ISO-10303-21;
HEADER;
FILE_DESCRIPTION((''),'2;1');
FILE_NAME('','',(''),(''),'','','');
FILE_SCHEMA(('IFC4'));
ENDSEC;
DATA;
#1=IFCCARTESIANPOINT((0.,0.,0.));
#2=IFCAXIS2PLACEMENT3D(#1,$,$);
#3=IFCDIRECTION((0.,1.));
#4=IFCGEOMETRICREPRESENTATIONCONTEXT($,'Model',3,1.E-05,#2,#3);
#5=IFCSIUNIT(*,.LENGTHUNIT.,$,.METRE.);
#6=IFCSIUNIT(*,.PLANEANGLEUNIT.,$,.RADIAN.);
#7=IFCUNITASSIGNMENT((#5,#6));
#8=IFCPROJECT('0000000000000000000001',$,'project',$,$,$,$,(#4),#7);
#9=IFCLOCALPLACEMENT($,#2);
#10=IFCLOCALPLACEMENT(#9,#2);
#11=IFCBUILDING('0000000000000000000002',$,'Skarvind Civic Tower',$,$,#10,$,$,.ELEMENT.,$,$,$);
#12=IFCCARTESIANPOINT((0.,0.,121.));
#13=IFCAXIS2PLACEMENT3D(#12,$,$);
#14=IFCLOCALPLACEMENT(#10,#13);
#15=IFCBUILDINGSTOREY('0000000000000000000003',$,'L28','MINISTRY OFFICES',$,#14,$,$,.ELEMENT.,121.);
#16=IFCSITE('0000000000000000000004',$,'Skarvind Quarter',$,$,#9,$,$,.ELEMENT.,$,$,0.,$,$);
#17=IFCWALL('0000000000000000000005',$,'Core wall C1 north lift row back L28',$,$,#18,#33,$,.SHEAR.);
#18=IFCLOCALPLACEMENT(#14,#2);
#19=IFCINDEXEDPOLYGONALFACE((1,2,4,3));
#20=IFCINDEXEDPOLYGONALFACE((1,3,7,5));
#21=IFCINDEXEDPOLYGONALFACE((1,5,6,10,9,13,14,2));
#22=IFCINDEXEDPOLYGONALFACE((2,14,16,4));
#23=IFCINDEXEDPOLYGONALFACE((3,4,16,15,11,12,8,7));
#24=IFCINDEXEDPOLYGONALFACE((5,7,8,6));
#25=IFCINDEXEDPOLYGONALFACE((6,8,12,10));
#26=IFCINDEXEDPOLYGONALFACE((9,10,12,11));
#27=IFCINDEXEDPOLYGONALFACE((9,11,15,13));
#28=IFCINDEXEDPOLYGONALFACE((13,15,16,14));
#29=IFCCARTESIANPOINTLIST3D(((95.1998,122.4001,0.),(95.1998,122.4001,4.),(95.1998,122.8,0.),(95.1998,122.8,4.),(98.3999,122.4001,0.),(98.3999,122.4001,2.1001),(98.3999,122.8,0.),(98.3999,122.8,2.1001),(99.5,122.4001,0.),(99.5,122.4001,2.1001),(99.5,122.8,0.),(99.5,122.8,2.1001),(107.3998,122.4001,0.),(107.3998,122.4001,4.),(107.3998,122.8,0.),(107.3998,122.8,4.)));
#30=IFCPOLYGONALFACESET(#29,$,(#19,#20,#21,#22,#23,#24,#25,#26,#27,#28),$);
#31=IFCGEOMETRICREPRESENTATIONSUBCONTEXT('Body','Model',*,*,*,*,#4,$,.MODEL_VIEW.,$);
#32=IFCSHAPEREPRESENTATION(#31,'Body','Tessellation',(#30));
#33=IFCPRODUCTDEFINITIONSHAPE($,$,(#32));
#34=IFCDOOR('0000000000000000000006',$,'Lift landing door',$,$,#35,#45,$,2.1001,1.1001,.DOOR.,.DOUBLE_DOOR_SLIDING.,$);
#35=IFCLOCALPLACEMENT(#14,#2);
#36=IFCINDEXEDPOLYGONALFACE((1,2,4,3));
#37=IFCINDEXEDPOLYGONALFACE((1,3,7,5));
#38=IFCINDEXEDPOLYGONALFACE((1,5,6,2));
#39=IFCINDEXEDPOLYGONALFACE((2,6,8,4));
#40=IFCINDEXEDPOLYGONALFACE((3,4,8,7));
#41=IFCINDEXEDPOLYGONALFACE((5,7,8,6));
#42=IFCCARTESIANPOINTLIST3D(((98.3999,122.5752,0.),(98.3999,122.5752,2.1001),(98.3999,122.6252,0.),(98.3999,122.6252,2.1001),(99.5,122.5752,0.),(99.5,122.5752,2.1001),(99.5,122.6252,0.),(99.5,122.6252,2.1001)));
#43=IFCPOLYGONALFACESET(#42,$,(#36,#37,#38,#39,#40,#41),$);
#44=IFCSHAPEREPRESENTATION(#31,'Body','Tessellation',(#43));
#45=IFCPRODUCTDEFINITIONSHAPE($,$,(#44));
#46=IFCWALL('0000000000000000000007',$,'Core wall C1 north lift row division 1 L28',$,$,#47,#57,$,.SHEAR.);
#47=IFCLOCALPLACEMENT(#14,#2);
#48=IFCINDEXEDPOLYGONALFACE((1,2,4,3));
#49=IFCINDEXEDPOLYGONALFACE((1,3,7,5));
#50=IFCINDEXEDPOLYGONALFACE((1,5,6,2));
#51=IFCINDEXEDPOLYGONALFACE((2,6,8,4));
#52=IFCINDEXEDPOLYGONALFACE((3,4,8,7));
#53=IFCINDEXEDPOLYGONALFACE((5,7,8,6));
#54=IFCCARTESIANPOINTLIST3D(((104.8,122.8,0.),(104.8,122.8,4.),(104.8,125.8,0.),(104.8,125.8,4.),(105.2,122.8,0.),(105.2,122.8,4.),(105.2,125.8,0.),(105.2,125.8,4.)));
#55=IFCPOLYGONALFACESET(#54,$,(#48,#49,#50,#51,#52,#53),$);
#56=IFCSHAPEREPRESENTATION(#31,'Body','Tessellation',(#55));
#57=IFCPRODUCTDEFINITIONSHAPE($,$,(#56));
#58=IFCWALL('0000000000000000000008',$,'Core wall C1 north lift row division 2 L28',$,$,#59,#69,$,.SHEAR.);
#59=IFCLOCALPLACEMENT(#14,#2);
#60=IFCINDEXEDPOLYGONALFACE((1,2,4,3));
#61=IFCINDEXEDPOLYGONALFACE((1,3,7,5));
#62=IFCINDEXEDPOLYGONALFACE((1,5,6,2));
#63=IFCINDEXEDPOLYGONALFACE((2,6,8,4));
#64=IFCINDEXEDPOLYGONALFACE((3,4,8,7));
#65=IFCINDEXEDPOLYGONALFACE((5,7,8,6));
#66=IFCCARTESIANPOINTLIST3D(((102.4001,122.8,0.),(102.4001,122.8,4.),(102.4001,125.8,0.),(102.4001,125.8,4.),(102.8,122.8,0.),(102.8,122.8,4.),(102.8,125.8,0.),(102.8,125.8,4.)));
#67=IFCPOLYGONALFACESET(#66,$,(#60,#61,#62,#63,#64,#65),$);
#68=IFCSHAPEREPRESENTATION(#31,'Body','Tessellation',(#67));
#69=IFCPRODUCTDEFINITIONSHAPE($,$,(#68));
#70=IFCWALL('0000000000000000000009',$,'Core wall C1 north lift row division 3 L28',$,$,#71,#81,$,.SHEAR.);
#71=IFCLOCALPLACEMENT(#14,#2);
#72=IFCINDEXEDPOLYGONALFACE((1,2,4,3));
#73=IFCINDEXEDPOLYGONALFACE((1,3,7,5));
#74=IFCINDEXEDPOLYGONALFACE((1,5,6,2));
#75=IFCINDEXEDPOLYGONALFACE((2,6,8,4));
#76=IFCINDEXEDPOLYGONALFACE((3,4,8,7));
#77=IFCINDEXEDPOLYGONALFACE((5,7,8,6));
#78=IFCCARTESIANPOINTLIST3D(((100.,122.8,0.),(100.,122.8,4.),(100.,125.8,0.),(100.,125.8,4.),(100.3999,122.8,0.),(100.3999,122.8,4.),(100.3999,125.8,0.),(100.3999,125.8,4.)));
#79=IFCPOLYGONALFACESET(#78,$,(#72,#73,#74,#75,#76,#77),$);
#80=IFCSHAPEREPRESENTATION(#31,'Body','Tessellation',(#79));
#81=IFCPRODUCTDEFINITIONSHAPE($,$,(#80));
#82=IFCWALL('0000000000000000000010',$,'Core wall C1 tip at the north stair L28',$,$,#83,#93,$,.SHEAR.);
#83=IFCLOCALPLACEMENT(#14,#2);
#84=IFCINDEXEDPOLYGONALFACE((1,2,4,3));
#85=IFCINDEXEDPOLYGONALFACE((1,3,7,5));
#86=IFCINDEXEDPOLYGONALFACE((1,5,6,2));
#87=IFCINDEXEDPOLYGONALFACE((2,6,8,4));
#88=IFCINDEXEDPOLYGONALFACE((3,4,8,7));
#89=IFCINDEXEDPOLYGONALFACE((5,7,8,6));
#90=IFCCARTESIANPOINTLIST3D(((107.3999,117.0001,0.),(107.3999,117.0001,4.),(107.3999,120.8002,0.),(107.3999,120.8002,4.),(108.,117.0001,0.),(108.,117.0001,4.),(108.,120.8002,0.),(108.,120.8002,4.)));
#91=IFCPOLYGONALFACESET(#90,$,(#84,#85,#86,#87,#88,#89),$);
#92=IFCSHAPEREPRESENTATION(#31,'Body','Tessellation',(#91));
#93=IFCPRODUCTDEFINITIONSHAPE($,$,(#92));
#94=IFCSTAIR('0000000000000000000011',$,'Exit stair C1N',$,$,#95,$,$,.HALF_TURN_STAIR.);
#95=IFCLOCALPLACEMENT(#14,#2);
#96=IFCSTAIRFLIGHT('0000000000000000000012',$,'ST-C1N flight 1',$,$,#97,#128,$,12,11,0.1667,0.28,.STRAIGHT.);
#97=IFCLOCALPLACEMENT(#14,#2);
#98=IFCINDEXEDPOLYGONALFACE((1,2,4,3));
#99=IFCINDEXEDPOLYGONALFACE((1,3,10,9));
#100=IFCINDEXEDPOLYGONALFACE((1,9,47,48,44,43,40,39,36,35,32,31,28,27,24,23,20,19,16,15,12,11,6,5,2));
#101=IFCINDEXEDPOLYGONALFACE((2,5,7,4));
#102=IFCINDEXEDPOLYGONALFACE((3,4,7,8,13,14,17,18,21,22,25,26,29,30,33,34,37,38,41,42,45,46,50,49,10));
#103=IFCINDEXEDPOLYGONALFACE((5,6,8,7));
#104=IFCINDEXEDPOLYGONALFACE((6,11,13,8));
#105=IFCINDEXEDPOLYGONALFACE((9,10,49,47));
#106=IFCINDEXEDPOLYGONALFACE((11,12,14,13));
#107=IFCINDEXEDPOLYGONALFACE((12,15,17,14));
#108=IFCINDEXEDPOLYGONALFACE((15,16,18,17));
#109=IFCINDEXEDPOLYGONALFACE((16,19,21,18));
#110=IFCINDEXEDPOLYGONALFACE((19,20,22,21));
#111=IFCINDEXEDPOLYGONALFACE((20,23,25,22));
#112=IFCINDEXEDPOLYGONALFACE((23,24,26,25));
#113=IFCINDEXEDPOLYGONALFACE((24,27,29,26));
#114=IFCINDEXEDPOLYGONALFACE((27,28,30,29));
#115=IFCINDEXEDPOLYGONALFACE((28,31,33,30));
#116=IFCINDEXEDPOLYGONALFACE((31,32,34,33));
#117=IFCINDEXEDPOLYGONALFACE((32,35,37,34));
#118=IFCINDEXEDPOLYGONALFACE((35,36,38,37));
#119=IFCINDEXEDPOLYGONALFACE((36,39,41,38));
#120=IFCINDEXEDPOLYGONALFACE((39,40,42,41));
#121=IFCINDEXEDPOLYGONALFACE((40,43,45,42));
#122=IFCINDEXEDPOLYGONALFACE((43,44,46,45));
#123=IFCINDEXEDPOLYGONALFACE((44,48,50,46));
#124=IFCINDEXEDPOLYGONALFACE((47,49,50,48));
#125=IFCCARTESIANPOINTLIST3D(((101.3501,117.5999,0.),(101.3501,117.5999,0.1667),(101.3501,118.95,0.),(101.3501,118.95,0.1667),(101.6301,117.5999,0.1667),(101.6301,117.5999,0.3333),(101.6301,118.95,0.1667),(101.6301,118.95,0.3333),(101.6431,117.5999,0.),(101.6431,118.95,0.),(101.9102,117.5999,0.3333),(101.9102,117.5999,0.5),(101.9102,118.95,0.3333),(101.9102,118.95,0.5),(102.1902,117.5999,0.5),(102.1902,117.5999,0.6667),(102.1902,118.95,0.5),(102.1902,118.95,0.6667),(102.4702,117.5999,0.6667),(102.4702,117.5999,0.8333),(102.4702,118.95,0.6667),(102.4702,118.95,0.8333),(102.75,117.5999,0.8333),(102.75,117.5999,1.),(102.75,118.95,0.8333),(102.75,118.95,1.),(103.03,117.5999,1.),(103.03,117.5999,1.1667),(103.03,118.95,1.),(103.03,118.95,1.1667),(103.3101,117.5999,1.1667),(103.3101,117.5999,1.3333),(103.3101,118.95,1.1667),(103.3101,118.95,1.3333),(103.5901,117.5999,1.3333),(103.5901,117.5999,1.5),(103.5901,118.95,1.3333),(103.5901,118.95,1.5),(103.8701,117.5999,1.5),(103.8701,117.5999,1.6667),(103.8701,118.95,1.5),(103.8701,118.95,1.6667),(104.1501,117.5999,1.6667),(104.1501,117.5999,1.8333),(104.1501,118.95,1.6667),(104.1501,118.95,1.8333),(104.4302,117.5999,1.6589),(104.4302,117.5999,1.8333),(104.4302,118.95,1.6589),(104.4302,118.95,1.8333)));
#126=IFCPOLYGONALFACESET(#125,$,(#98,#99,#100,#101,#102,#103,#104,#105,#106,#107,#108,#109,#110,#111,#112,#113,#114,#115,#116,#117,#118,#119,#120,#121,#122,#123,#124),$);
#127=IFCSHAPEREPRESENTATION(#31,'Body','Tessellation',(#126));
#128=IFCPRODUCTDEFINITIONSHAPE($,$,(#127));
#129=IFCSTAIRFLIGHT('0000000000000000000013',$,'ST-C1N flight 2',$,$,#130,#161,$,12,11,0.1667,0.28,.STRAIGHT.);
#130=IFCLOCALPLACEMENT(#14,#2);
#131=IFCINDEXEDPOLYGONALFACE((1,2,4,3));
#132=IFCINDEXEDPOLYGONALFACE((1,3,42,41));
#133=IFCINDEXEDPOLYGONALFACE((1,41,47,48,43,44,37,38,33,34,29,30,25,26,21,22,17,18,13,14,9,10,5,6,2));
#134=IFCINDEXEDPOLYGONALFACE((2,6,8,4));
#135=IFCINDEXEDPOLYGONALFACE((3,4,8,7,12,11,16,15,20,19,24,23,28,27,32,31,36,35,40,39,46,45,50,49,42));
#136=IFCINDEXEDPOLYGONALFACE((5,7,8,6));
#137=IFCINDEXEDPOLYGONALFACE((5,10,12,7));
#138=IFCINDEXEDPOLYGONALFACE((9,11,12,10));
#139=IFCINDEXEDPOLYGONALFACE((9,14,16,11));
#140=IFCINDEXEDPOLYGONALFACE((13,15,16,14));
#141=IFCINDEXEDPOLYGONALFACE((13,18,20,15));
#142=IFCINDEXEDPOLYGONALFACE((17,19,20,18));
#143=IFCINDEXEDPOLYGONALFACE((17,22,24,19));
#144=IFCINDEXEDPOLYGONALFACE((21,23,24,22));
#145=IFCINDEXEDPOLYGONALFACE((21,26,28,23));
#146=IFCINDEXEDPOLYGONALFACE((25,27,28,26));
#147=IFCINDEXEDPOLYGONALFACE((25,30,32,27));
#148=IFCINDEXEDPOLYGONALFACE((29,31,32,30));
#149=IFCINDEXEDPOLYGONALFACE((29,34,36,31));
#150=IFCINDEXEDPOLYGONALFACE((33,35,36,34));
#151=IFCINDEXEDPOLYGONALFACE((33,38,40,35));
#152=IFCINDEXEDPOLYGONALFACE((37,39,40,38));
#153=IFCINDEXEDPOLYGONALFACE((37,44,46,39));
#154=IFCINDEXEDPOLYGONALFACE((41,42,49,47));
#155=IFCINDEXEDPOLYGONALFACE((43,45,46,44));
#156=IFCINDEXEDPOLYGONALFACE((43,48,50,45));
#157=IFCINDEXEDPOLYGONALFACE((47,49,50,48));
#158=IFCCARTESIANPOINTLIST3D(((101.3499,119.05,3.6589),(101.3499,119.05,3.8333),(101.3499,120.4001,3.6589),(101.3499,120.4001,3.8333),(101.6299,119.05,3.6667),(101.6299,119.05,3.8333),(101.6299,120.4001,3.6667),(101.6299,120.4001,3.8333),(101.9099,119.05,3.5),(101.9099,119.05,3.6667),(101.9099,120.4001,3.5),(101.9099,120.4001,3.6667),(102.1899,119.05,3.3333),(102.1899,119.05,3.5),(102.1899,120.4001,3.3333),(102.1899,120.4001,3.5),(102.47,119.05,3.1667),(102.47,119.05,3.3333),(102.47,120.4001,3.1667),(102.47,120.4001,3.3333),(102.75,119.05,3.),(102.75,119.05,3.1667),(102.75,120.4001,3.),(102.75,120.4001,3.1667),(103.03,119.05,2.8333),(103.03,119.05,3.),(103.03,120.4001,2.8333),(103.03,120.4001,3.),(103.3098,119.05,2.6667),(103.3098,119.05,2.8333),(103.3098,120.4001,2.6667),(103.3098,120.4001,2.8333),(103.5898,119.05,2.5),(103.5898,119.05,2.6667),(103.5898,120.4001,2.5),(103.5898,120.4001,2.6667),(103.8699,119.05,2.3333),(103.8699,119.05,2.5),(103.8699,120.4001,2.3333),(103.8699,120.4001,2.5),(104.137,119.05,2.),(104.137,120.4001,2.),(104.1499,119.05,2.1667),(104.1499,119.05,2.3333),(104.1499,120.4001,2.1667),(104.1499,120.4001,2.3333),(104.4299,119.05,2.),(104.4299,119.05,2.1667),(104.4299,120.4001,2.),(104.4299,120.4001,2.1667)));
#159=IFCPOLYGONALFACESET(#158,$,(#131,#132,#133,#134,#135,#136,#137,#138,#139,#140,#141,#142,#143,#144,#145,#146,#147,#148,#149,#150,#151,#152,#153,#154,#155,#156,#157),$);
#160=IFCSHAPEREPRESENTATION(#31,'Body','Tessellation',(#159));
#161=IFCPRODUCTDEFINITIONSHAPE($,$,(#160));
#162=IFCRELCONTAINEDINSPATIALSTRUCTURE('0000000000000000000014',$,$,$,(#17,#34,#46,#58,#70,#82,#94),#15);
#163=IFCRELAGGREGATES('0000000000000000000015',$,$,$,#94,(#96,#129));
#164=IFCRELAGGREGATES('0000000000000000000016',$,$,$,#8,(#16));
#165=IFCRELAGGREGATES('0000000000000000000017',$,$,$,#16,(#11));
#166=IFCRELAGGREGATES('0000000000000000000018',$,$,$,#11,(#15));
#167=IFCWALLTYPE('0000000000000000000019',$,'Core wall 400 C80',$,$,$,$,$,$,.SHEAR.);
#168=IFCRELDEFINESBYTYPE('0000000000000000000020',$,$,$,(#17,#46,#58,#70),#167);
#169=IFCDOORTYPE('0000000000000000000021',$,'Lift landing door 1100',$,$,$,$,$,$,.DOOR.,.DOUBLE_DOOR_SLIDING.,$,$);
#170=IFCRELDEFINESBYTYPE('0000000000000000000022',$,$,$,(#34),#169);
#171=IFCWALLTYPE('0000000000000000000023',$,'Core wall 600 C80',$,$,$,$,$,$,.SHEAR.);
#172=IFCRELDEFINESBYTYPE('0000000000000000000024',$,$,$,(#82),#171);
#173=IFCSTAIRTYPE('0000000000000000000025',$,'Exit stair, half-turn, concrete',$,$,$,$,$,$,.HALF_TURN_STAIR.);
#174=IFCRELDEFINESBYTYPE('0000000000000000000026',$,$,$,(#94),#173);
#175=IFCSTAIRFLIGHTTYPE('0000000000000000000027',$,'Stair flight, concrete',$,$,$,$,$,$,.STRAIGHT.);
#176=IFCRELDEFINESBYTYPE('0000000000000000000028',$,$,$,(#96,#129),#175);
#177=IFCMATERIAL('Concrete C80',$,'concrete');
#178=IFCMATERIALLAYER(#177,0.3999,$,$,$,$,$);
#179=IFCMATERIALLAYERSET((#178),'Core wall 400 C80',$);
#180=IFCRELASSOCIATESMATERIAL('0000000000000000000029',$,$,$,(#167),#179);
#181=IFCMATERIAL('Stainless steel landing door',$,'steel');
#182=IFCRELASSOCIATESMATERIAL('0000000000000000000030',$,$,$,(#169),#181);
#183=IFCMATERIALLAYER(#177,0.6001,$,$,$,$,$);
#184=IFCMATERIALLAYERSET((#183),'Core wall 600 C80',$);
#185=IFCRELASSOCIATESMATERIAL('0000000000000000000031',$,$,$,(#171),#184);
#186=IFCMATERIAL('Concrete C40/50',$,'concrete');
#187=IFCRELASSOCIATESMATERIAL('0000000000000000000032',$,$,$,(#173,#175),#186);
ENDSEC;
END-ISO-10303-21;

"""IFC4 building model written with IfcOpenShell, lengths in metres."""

from ifc_helpers import new_model, si_unit, direction, frame, frame_2d, origin, place, context, subcontext, project, spatial, polyline, rectangle, outline, extrude, material, layer, layer_set, type_object, element, fill, aggregate, save


model = new_model("IFC4")

# Units and contexts
model_context = context("Model", 3, precision=1e-05, world=origin(), true_north=direction((0.0, 1.0)))
body_context = subcontext(model_context, "Body", "Model", "MODEL_VIEW")
ifc_project = project(units=[si_unit("LENGTHUNIT", "METRE"), si_unit("PLANEANGLEUNIT", "RADIAN")], contexts=[model_context])

# Site, building, storey
site_placement = place(None, origin())
site = spatial("IfcSite", under=ifc_project, at=site_placement, Name="Skarvind Quarter", CompositionType="ELEMENT", RefElevation=0.0)
building_placement = place(site_placement, origin())
building = spatial("IfcBuilding", under=site, at=building_placement, Name="Skarvind Civic Tower", CompositionType="ELEMENT")
storey_placement = place(building_placement, frame((0.0, 0.0, 121.0)))
storey = spatial("IfcBuildingStorey", under=building, at=storey_placement, Name="L28", Description="MINISTRY OFFICES", CompositionType="ELEMENT", Elevation=121.0)

# Shared definitions
ifc_material_1 = material(Name="Concrete C80", Category="concrete")
ifc_layer_1 = layer(ifc_material_1, 0.3999)
ifc_layer_set_1 = layer_set([ifc_layer_1], Name="Core wall 400 C80")
wall_type_1 = type_object("IfcWallType", Name="Core wall 400 C80", PredefinedType="SHEAR", material=ifc_layer_set_1)

# Shared definitions
ifc_material_2 = material(Name="Stainless steel landing door", Category="steel")
door_type_1 = type_object("IfcDoorType", Name="Lift landing door 1100", OperationType="DOUBLE_DOOR_SLIDING", PredefinedType="DOOR", material=ifc_material_2)

# Wall, opening, door
wall_1_placement = place(storey_placement, frame((107.3999, 122.6001, 0.0), z_axis=(0.0, 0.0, 1.0), x_axis=(-1.0, 0.0, 0.0)))
wall_1 = element("IfcWall", 1, at=wall_1_placement, inside=storey, type_object=wall_type_1, Name="Core wall C1 north lift row back L28", PredefinedType="SHEAR", context=body_context, shape_type="SweptSolid", body=[
    extrude(rectangle(XDim=12.2, YDim=0.3999, at=frame_2d((6.1001, 0.0))), origin(), (0.0, 0.0, 1.0), 4.0),
])
opening_1_placement = place(wall_1_placement, frame((7.8999, 0.0, 0.0)))
opening_1 = element("IfcOpeningElement", 2, at=opening_1_placement, cuts=wall_1, PredefinedType="OPENING", context=body_context, shape_type="SweptSolid", body=[
    extrude(rectangle(XDim=1.1001, YDim=2.1001, at=frame_2d((0.55, 1.05))), frame((0.0, 0.21, 0.0), z_axis=(0.0, -1.0, 0.0), x_axis=(1.0, 0.0, 0.0)), (0.0, 0.0, 1.0), 0.4199),
])
door_1_placement = place(opening_1_placement, origin())
door_1 = element("IfcDoor", 3, at=door_1_placement, inside=storey, type_object=door_type_1, Name="Lift landing door", OperationType="DOUBLE_DOOR_SLIDING", OverallHeight=2.1001, OverallWidth=1.1001, PredefinedType="DOOR", context=body_context, shape_type="SweptSolid", body=[
    extrude(rectangle(XDim=1.1001, YDim=2.1001, at=frame_2d((0.55, 1.05))), frame((0.0, 0.0249, 0.0), z_axis=(0.0, -1.0, 0.0), x_axis=(1.0, 0.0, 0.0)), (0.0, 0.0, 1.0), 0.05),
])
fill(opening_1, door_1)

# Walls
for number, where, z_axis, x_axis, name in (
    (4, (105.0, 125.8, 0.0), (0.0, 0.0, 1.0), (0.0, -1.0, 0.0), "Core wall C1 north lift row division 1 L28"),
    (5, (102.6001, 125.8, 0.0), (0.0, 0.0, 1.0), (0.0, -1.0, 0.0), "Core wall C1 north lift row division 2 L28"),
    (6, (100.2, 125.8, 0.0), (0.0, 0.0, 1.0), (0.0, -1.0, 0.0), "Core wall C1 north lift row division 3 L28"),
):
    element("IfcWall", number, at=place(storey_placement, frame(where, z_axis=z_axis, x_axis=x_axis)), inside=storey, type_object=wall_type_1, Name=name, PredefinedType="SHEAR", context=body_context, shape_type="SweptSolid", body=[
        extrude(rectangle(XDim=3.0, YDim=0.3999, at=frame_2d((1.5, 0.0))), origin(), (0.0, 0.0, 1.0), 4.0),
    ])
ifc_layer_2 = layer(ifc_material_1, 0.6001)
ifc_layer_set_2 = layer_set([ifc_layer_2], Name="Core wall 600 C80")
wall_type_2 = type_object("IfcWallType", Name="Core wall 600 C80", PredefinedType="SHEAR", material=ifc_layer_set_2)
wall_2_placement = place(storey_placement, frame((107.7, 120.8, 0.0), z_axis=(0.0, 0.0, 1.0), x_axis=(0.0, -1.0, 0.0)))
element("IfcWall", 7, at=wall_2_placement, inside=storey, type_object=wall_type_2, Name="Core wall C1 tip at the north stair L28", PredefinedType="SHEAR", context=body_context, shape_type="SweptSolid", body=[
    extrude(rectangle(XDim=3.8, YDim=0.6001, at=frame_2d((1.8999, 0.0))), origin(), (0.0, 0.0, 1.0), 4.0),
])

# Stair, stair flights
ifc_material_3 = material(Name="Concrete C40/50", Category="concrete")
stair_type = type_object("IfcStairType", Name="Exit stair, half-turn, concrete", PredefinedType="HALF_TURN_STAIR", material=ifc_material_3)
stair_placement = place(storey_placement, origin())
stair = element("IfcStair", 8, at=stair_placement, inside=storey, type_object=stair_type, Name="Exit stair C1N", PredefinedType="HALF_TURN_STAIR")
stair_flight_type = type_object("IfcStairFlightType", Name="Stair flight, concrete", PredefinedType="STRAIGHT", material=ifc_material_3)
stair_flight_1_placement = place(storey_placement, frame((101.3501, 118.2749, 0.0), z_axis=(0.0, 0.0, 1.0), x_axis=(1.0, 0.0, 0.0)))
stair_flight_1 = element("IfcStairFlight", 9, at=stair_flight_1_placement, type_object=stair_flight_type, Name="ST-C1N flight 1", NumberOfRisers=12, NumberOfTreads=11, PredefinedType="STRAIGHT", RiserHeight=0.1667, TreadLength=0.28, context=body_context, shape_type="SweptSolid", body=[
    extrude(outline(polyline([(0.0, 0.0), (0.0, 0.1667), (0.28, 0.1667), (0.28, 0.3333), (0.5601, 0.3333), (0.5601, 0.5), (0.8401, 0.5), (0.8401, 0.6667), (1.1201, 0.6667), (1.1201, 0.8333), (1.3999, 0.8333), (1.3999, 1.0), (1.6799, 1.0), (1.6799, 1.1667), (1.96, 1.1667), (1.96, 1.3333), (2.24, 1.3333), (2.24, 1.5), (2.52, 1.5), (2.52, 1.6667), (2.8, 1.6667), (2.8, 1.8333), (3.0801, 1.8333), (3.0801, 2.0), (3.0801, 1.6589), (0.293, 0.0), (0.0, 0.0)])), frame((0.0, 0.675, 0.0), z_axis=(0.0, -1.0, 0.0), x_axis=(1.0, 0.0, 0.0)), (0.0, 0.0, 1.0), 1.3501),
])
stair_flight_2_placement = place(storey_placement, frame((104.4299, 119.7251, 2.0), z_axis=(0.0, 0.0, 1.0), x_axis=(-1.0, 0.0, 0.0)))
stair_flight_2 = element("IfcStairFlight", 10, at=stair_flight_2_placement, type_object=stair_flight_type, Name="ST-C1N flight 2", NumberOfRisers=12, NumberOfTreads=11, PredefinedType="STRAIGHT", RiserHeight=0.1667, TreadLength=0.28, context=body_context, shape_type="SweptSolid", body=[
    extrude(outline(polyline([(0.0, 0.0), (0.0, 0.1667), (0.28, 0.1667), (0.28, 0.3333), (0.5601, 0.3333), (0.5601, 0.5), (0.8401, 0.5), (0.8401, 0.6667), (1.1201, 0.6667), (1.1201, 0.8333), (1.3999, 0.8333), (1.3999, 1.0), (1.6799, 1.0), (1.6799, 1.1667), (1.96, 1.1667), (1.96, 1.3333), (2.24, 1.3333), (2.24, 1.5), (2.52, 1.5), (2.52, 1.6667), (2.8, 1.6667), (2.8, 1.8333), (3.0801, 1.8333), (3.0801, 2.0), (3.0801, 1.6589), (0.293, 0.0), (0.0, 0.0)])), frame((0.0, 0.675, 0.0), z_axis=(0.0, -1.0, 0.0), x_axis=(1.0, 0.0, 0.0)), (0.0, 0.0, 1.0), 1.3501),
])
aggregate(stair, [stair_flight_1, stair_flight_2])

save(model, "model.ifc")
